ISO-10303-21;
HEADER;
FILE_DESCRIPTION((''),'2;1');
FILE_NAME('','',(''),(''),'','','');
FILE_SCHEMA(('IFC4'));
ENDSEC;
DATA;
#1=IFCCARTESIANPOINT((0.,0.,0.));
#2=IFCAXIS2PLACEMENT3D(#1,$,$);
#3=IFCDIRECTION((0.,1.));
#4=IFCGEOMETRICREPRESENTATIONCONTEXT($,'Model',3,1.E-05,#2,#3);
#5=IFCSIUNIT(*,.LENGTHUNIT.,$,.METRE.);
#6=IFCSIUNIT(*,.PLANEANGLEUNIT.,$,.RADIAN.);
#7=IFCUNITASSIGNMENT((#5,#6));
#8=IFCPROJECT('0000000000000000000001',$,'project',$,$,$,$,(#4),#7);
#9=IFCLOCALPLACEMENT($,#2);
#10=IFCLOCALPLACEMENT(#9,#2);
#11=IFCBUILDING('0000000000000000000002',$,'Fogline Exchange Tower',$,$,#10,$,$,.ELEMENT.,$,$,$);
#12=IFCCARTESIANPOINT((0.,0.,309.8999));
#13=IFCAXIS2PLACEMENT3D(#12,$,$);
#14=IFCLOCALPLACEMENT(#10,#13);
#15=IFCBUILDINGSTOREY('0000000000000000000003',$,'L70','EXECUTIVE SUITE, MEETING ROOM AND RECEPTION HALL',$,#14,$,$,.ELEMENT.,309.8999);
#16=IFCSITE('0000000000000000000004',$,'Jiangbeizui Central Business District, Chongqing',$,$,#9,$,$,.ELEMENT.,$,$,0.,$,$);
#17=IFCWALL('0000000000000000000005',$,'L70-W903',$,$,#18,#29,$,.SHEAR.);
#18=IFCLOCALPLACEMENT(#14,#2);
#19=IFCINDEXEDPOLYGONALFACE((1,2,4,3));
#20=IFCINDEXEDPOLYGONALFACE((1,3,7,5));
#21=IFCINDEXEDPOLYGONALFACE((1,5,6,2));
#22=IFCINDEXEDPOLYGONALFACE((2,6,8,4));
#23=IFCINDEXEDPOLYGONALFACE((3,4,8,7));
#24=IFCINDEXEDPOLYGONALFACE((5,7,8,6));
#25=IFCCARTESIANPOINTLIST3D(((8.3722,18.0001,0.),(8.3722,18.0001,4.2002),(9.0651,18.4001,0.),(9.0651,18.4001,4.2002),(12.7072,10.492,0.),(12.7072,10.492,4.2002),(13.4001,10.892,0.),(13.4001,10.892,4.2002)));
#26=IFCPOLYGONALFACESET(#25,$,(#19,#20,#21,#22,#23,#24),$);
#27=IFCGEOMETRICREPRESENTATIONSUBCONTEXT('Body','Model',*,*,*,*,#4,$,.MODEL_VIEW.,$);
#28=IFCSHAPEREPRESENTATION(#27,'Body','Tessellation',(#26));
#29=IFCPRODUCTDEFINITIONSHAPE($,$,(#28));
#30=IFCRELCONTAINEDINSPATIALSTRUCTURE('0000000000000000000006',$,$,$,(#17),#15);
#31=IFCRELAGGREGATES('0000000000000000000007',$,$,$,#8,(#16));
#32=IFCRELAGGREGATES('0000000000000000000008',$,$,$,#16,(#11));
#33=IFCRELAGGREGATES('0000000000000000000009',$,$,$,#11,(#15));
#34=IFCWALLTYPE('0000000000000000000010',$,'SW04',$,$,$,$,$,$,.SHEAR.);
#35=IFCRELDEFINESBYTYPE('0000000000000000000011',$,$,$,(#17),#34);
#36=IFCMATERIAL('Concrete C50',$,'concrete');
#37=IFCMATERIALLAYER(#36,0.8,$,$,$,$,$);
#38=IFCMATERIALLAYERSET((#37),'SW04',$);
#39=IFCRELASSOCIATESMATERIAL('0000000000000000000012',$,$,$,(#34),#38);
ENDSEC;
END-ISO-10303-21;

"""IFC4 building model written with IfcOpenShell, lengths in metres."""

from ifc_helpers import new_model, si_unit, direction, frame, frame_2d, origin, place, context, subcontext, project, spatial, rectangle, extrude, material, layer, layer_set, type_object, element, save


model = new_model("IFC4")

# Units and contexts
model_context = context("Model", 3, precision=1e-05, world=origin(), true_north=direction((0.0, 1.0)))
body_context = subcontext(model_context, "Body", "Model", "MODEL_VIEW")
ifc_project = project(units=[si_unit("LENGTHUNIT", "METRE"), si_unit("PLANEANGLEUNIT", "RADIAN")], contexts=[model_context])

# Site, building, storey
site_placement = place(None, origin())
site = spatial("IfcSite", under=ifc_project, at=site_placement, Name="Jiangbeizui Central Business District, Chongqing", CompositionType="ELEMENT", RefElevation=0.0)
building_placement = place(site_placement, origin())
building = spatial("IfcBuilding", under=site, at=building_placement, Name="Fogline Exchange Tower", CompositionType="ELEMENT")
storey_placement = place(building_placement, frame((0.0, 0.0, 309.8999)))
storey = spatial("IfcBuildingStorey", under=building, at=storey_placement, Name="L70", Description="EXECUTIVE SUITE, MEETING ROOM AND RECEPTION HALL", CompositionType="ELEMENT", Elevation=309.8999)

# Shared definitions
ifc_material_1 = material(Name="Concrete C50", Category="concrete")
ifc_layer_1 = layer(ifc_material_1, 0.8)
ifc_layer_set_1 = layer_set([ifc_layer_1], Name="SW04")
wall_type_1 = type_object("IfcWallType", Name="SW04", PredefinedType="SHEAR", material=ifc_layer_set_1)

# Wall
wall_1_placement = place(storey_placement, frame((13.0537, 10.6919, 0.0), z_axis=(0.0, 0.0, 1.0), x_axis=(-0.500016, 0.866016, 0.0)))
element("IfcWall", 1, at=wall_1_placement, inside=storey, type_object=wall_type_1, Name="L70-W903", PredefinedType="SHEAR", context=body_context, shape_type="SweptSolid", body=[
    extrude(rectangle(XDim=8.6697, YDim=0.8, at=frame_2d((4.335, 0.0))), origin(), (0.0, 0.0, 1.0), 4.2002),
])

save(model, "model.ifc")
